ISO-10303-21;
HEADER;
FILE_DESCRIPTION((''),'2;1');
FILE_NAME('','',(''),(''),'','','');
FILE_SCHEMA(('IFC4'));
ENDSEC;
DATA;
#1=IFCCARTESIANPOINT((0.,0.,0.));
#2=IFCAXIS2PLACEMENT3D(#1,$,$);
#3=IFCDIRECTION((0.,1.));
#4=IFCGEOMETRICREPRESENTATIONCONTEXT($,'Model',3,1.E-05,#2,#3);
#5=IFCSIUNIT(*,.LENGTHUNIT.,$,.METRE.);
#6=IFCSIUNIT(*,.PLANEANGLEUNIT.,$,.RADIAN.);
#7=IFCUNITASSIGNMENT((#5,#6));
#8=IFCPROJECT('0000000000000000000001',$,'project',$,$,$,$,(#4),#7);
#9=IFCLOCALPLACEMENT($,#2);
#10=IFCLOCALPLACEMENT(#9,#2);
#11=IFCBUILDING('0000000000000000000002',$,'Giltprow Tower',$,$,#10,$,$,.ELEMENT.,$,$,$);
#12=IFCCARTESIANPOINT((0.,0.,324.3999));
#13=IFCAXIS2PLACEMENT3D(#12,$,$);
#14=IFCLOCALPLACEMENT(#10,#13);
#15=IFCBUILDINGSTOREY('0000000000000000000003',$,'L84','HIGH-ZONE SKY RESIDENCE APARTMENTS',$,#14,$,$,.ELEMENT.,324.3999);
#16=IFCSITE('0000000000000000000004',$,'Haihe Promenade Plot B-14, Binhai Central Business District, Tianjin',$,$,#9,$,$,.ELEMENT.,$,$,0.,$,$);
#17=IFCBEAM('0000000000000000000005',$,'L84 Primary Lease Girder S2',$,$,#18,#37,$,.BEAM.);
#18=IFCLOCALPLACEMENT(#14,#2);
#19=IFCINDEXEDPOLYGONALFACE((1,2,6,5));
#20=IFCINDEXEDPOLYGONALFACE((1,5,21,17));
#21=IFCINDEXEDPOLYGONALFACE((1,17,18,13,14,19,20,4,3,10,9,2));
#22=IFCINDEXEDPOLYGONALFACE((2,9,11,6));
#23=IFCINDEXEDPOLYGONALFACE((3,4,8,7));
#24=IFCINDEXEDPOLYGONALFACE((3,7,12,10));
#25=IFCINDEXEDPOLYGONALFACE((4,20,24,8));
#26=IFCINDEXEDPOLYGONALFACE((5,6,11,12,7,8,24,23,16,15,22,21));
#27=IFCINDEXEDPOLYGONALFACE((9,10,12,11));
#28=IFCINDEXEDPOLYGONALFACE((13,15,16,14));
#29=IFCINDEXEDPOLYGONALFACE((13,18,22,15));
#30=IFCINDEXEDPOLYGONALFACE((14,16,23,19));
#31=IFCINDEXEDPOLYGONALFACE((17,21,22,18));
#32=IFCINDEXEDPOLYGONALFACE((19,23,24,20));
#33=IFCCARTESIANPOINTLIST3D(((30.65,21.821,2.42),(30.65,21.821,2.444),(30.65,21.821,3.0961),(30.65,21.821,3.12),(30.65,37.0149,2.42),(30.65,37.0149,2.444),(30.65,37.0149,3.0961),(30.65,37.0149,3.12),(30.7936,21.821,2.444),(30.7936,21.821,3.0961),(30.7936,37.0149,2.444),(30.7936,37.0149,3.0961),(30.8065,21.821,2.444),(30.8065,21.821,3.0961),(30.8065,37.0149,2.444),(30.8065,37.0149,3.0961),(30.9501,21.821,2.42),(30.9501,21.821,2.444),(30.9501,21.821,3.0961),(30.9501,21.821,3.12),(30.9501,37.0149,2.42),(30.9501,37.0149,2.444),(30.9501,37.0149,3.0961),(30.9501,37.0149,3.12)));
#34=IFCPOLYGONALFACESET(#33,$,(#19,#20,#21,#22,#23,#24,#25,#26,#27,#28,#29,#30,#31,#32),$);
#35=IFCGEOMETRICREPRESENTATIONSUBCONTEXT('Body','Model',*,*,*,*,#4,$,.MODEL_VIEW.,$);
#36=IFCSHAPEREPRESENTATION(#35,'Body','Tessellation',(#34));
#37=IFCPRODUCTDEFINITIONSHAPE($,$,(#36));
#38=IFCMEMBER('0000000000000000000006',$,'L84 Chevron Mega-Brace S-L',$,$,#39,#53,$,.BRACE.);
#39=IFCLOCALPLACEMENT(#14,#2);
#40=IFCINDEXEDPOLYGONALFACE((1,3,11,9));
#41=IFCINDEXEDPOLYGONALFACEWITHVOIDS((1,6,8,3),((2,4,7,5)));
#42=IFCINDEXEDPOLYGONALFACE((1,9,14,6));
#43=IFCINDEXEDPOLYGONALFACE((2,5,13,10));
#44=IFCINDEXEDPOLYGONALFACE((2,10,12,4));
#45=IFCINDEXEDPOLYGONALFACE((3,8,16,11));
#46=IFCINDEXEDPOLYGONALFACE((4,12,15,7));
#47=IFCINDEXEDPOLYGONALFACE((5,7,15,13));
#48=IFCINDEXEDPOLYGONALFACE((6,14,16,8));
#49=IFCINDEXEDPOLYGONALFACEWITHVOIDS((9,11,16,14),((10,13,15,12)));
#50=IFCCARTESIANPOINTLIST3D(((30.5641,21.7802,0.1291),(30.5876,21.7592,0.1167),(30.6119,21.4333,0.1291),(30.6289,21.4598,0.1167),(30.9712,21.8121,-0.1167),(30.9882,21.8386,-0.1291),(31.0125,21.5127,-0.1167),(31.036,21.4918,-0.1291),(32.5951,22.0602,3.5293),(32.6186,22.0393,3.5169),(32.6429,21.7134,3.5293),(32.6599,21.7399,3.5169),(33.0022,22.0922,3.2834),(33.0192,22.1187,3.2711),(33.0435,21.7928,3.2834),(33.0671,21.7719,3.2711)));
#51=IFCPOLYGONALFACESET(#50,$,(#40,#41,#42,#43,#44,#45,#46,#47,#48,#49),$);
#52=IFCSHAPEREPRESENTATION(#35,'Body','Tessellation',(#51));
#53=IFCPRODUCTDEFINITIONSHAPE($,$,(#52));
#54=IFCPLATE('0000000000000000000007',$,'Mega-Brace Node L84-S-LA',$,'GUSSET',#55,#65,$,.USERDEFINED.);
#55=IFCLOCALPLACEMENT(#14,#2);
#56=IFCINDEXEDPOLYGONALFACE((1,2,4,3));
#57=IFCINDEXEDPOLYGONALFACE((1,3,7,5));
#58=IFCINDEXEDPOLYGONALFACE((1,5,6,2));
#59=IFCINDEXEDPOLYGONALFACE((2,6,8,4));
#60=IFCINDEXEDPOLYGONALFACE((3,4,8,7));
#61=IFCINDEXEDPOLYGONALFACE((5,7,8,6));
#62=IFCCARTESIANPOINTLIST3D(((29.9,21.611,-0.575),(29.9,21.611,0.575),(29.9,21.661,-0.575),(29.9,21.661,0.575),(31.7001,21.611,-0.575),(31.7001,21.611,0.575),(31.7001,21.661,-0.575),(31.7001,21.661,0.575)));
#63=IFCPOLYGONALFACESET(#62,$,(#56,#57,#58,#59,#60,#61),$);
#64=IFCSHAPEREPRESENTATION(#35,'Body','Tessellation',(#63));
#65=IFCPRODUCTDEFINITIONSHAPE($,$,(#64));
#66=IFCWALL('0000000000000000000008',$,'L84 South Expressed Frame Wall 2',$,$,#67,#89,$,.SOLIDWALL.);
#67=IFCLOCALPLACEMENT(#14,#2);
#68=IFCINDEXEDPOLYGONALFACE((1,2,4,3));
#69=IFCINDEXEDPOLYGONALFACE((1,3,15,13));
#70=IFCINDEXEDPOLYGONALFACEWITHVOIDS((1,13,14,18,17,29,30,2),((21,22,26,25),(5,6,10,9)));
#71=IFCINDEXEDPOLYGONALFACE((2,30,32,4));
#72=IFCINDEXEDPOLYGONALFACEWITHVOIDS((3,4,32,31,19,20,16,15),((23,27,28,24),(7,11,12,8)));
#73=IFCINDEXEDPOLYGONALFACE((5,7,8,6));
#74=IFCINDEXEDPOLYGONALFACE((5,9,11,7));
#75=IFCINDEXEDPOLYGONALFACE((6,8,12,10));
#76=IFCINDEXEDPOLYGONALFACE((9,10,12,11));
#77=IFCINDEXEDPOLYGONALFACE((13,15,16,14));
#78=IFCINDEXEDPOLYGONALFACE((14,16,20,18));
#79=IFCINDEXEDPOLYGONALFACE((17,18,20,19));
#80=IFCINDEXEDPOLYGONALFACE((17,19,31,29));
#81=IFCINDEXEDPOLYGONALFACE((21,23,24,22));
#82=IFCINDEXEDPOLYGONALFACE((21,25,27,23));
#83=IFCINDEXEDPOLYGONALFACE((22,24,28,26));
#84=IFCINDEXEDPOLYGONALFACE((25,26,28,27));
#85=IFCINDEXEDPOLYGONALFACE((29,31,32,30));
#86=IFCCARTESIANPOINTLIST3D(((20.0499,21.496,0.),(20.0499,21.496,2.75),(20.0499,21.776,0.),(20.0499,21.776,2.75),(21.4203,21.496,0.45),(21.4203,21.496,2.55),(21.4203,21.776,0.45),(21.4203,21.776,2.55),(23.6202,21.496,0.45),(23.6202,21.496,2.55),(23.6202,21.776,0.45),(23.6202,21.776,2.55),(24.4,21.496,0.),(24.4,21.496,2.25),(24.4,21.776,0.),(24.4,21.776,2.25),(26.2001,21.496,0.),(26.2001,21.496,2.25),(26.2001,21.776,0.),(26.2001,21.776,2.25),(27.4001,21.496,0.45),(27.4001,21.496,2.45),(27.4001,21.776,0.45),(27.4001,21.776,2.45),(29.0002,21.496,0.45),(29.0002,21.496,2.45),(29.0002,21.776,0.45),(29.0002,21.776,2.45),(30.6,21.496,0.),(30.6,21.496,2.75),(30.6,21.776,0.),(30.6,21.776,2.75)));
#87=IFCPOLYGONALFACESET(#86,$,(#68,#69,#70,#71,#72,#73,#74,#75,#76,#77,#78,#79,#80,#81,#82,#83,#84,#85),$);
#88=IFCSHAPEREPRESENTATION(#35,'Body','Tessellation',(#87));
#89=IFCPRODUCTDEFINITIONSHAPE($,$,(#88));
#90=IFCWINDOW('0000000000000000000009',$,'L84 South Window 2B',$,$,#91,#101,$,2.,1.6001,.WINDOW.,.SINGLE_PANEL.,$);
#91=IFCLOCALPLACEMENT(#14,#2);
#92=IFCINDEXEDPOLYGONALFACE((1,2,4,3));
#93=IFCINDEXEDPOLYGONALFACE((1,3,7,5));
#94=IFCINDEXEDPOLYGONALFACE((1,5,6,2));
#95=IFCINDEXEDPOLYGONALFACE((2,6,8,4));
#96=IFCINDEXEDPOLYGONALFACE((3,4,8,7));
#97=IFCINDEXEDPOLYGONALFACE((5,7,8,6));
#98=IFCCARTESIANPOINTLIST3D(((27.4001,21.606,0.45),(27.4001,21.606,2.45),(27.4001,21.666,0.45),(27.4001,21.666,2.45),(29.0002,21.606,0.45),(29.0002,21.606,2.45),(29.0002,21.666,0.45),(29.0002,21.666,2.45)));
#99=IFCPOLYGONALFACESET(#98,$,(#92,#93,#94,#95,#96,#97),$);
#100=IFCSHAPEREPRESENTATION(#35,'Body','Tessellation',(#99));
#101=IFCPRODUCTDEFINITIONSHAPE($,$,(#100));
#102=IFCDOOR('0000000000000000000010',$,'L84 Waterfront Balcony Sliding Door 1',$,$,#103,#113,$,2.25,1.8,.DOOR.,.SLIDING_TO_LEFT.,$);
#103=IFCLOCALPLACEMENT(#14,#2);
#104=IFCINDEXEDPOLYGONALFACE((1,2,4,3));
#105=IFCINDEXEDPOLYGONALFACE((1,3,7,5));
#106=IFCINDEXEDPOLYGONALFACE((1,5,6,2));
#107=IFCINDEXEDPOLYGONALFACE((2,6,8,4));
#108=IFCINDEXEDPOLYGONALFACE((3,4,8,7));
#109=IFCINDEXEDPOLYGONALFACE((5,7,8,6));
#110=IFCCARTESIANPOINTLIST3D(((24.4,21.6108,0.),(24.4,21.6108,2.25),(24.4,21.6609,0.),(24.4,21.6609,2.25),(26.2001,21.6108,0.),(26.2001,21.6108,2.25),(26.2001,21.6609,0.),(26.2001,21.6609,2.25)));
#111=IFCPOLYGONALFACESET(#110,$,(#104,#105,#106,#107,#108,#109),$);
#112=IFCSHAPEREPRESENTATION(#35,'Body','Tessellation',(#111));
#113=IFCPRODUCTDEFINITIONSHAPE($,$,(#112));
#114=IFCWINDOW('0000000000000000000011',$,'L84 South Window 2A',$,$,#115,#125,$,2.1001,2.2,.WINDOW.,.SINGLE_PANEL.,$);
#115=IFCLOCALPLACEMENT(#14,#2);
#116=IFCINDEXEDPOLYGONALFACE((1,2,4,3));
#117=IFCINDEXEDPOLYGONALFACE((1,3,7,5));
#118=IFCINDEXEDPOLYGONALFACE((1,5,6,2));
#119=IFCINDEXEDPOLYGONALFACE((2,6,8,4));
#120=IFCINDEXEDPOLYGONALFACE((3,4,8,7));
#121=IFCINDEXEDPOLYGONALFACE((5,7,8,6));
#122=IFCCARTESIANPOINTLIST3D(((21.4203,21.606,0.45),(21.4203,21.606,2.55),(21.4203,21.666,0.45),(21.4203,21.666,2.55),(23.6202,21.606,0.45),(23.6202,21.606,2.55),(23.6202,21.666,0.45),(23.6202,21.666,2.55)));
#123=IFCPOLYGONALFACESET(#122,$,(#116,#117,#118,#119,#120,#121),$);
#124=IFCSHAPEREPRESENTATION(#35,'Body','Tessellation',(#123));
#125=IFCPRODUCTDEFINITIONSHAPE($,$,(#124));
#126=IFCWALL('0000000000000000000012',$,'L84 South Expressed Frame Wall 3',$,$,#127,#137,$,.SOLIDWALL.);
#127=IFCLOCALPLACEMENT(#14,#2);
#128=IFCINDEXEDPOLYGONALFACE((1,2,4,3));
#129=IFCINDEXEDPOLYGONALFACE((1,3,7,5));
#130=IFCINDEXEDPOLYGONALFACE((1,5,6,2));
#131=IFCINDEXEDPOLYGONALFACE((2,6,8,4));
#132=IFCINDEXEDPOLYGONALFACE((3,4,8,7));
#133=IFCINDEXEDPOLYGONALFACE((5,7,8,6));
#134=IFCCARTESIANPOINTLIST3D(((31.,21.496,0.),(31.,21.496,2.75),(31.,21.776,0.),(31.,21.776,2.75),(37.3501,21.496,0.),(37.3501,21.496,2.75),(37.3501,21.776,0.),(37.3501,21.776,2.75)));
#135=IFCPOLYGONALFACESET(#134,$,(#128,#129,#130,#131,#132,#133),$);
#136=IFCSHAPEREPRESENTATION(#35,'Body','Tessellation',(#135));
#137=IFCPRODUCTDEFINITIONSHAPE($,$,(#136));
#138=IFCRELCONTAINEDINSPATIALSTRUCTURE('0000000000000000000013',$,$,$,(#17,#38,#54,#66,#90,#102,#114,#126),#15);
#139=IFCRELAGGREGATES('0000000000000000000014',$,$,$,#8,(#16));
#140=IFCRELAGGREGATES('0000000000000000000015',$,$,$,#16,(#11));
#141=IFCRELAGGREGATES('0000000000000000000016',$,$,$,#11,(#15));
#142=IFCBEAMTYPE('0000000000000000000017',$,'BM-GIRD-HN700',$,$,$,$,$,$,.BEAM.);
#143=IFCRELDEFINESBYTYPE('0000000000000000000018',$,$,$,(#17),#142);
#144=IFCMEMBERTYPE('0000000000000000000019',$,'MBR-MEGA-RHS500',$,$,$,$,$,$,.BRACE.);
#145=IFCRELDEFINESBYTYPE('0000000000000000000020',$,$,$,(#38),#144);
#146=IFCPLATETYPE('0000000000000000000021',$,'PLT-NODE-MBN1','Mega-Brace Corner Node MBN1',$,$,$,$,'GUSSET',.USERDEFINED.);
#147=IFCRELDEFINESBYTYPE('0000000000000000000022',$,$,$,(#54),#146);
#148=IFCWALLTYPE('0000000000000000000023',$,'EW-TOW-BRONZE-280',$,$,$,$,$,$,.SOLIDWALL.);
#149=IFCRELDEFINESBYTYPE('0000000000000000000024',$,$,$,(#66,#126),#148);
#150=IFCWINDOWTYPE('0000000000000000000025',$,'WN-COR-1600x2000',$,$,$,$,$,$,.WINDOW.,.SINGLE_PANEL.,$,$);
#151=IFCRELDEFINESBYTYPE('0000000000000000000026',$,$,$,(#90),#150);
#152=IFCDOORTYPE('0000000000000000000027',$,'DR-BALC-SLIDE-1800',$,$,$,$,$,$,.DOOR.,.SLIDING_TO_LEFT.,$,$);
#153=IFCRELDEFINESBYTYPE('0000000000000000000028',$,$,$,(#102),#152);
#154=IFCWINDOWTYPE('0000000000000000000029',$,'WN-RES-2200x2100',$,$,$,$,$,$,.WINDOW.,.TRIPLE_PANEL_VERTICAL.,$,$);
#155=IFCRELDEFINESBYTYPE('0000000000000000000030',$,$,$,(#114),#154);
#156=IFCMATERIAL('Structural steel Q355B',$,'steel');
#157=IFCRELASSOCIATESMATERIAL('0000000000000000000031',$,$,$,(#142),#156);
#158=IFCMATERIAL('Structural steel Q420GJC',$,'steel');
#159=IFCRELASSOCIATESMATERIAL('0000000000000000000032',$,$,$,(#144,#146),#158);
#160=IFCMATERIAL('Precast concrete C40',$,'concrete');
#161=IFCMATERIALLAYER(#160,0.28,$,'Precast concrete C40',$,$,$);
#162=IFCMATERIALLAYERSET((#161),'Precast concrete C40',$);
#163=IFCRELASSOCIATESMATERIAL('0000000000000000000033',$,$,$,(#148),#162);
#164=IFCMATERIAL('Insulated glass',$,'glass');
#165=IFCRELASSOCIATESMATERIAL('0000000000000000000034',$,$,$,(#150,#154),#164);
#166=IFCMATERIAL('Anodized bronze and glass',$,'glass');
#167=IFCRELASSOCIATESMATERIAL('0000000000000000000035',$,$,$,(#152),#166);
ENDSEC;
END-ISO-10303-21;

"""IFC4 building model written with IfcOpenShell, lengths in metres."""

from ifc_helpers import new_model, si_unit, direction, frame, frame_2d, origin, origin_2d, place, context, subcontext, project, spatial, rectangle, hollow_rectangle, i_section, extrude, source, transform, mapped, material, layer, layer_set, material_profile, profile_set, type_object, element, fill, save


model = new_model("IFC4")

# Units and contexts
model_context = context("Model", 3, precision=1e-05, world=origin(), true_north=direction((0.0, 1.0)))
body_context = subcontext(model_context, "Body", "Model", "MODEL_VIEW")
ifc_project = project(units=[si_unit("LENGTHUNIT", "METRE"), si_unit("PLANEANGLEUNIT", "RADIAN")], contexts=[model_context])

# Site, building, storey
site_placement = place(None, origin())
site = spatial("IfcSite", under=ifc_project, at=site_placement, Name="Haihe Promenade Plot B-14, Binhai Central Business District, Tianjin", CompositionType="ELEMENT", RefElevation=0.0)
building_placement = place(site_placement, origin())
building = spatial("IfcBuilding", under=site, at=building_placement, Name="Giltprow Tower", CompositionType="ELEMENT")
storey_placement = place(building_placement, frame((0.0, 0.0, 324.3999)))
storey = spatial("IfcBuildingStorey", under=building, at=storey_placement, Name="L84", Description="HIGH-ZONE SKY RESIDENCE APARTMENTS", CompositionType="ELEMENT", Elevation=324.3999)

# Shared definitions
ifc_material_1 = material(Name="Structural steel Q355B", Category="steel")

# Beam
ifc_material_profile_1 = material_profile(ifc_material_1, i_section(OverallWidth=0.3, OverallDepth=0.7, WebThickness=0.0129, FlangeThickness=0.0239, at=origin_2d()), Name="HN 700x300x13x24")
ifc_profile_set_1 = profile_set([ifc_material_profile_1], Name="Structural steel Q355B")
beam_type_1 = type_object("IfcBeamType", Name="BM-GIRD-HN700", PredefinedType="BEAM", material=ifc_profile_set_1)
shared_shape_1 = source(origin(), body_context, "Body", "SweptSolid", [
    extrude(i_section(OverallWidth=0.3, OverallDepth=0.7, WebThickness=0.0129, FlangeThickness=0.0239, at=origin_2d()), origin(), (0.0, 0.0, 1.0), 15.1938),
])
for number, where, z_axis, x_axis, name in (
    (1, (30.8, 21.821, 2.77), (0.0, 1.0, 0.0), (-1.0, 0.0, 0.0), "L84 Primary Lease Girder S2"),
):
    element("IfcBeam", number, at=place(storey_placement, frame(where, z_axis=z_axis, x_axis=x_axis)), inside=storey, type_object=beam_type_1, Name=name, PredefinedType="BEAM", context=body_context, shape_type="MappedRepresentation", body=[
        mapped(shared_shape_1, transform((0.0, 0.0, 0.0), x_axis=(1.0, 0.0, 0.0), y_axis=(0.0, 1.0, 0.0), z_axis=(0.0, 0.0, 1.0), scale=1.0)),
    ])

# Member
ifc_material_2 = material(Name="Structural steel Q420GJC", Category="steel")
ifc_material_profile_2 = material_profile(ifc_material_2, hollow_rectangle(XDim=0.3501, YDim=0.5, WallThickness=0.0239, at=origin_2d()), Name="RHS 500x350x24")
ifc_profile_set_2 = profile_set([ifc_material_profile_2], Name="Structural steel Q420GJC")
member_type = type_object("IfcMemberType", Name="MBR-MEGA-RHS500", PredefinedType="BRACE", material=ifc_profile_set_2)
shared_shape_2 = source(origin(), body_context, "Body", "SweptSolid", [
    extrude(hollow_rectangle(XDim=0.3501, YDim=0.5, WallThickness=0.0239, at=origin_2d()), origin(), (0.0, 0.0, 1.0), 3.9705),
])
member_placement = place(storey_placement, frame((30.8, 21.636, 0.0), z_axis=(0.511532, 0.070529, 0.856365), x_axis=(-0.136585, 0.990628, 0.0)))
element("IfcMember", 2, at=member_placement, inside=storey, type_object=member_type, Name="L84 Chevron Mega-Brace S-L", PredefinedType="BRACE", context=body_context, shape_type="MappedRepresentation", body=[
    mapped(shared_shape_2, transform((0.0, 0.0, 0.0), x_axis=(1.0, 0.0, 0.0), y_axis=(0.0, 1.0, 0.0), z_axis=(0.0, 0.0, 1.0), scale=1.0)),
])

# Plate
plate_type = type_object("IfcPlateType", Name="PLT-NODE-MBN1", Description="Mega-Brace Corner Node MBN1", ElementType="GUSSET", PredefinedType="USERDEFINED", material=ifc_material_2)
shared_shape_3 = source(origin(), body_context, "Body", "SweptSolid", [
    extrude(rectangle(XDim=1.8, YDim=0.05, at=origin_2d()), origin(), (0.0, 0.0, 1.0), 1.1499),
])
plate_placement = place(storey_placement, frame((30.8, 21.636, -0.575), z_axis=(0.0, 0.0, 1.0), x_axis=(1.0, 0.0, 0.0)))
element("IfcPlate", 3, at=plate_placement, inside=storey, type_object=plate_type, Name="Mega-Brace Node L84-S-LA", ObjectType="GUSSET", PredefinedType="USERDEFINED", context=body_context, shape_type="MappedRepresentation", body=[
    mapped(shared_shape_3, transform((0.0, 0.0, 0.0), x_axis=(1.0, 0.0, 0.0), y_axis=(0.0, 1.0, 0.0), z_axis=(0.0, 0.0, 1.0), scale=1.0)),
])

# Wall, openings, windows, door
ifc_material_3 = material(Name="Precast concrete C40", Category="concrete")
ifc_layer_1 = layer(ifc_material_3, 0.28, Name="Precast concrete C40")
ifc_layer_set_1 = layer_set([ifc_layer_1], Name="Precast concrete C40")
wall_type_1 = type_object("IfcWallType", Name="EW-TOW-BRONZE-280", PredefinedType="SOLIDWALL", material=ifc_layer_set_1)
wall_1_placement = place(storey_placement, frame((20.05, 21.636, 0.0), z_axis=(0.0, 0.0, 1.0), x_axis=(1.0, 0.0, 0.0)))
wall_1 = element("IfcWall", 4, at=wall_1_placement, inside=storey, type_object=wall_type_1, Name="L84 South Expressed Frame Wall 2", PredefinedType="SOLIDWALL", context=body_context, shape_type="SweptSolid", body=[
    extrude(rectangle(XDim=10.55, YDim=0.28, at=frame_2d((5.2749, 0.0))), origin(), (0.0, 0.0, 1.0), 2.75),
])
opening_1_placement = place(wall_1_placement, frame((4.3501, 0.0, 0.0)))
opening_1 = element("IfcOpeningElement", 5, at=opening_1_placement, cuts=wall_1, PredefinedType="OPENING", context=body_context, shape_type="SweptSolid", body=[
    extrude(rectangle(XDim=1.8, YDim=2.25, at=frame_2d((0.8999, 1.125))), frame((0.0, 0.1499, 0.0), z_axis=(0.0, -1.0, 0.0), x_axis=(1.0, 0.0, 0.0)), (0.0, 0.0, 1.0), 0.3),
])
opening_2_placement = place(wall_1_placement, frame((1.3701, 0.0, 0.45)))
opening_2 = element("IfcOpeningElement", 6, at=opening_2_placement, cuts=wall_1, PredefinedType="OPENING", context=body_context, shape_type="SweptSolid", body=[
    extrude(rectangle(XDim=2.2, YDim=2.1001, at=frame_2d((1.1001, 1.05))), frame((0.0, 0.1499, 0.0), z_axis=(0.0, -1.0, 0.0), x_axis=(1.0, 0.0, 0.0)), (0.0, 0.0, 1.0), 0.3),
])
opening_3_placement = place(wall_1_placement, frame((7.3501, 0.0, 0.45)))
opening_3 = element("IfcOpeningElement", 7, at=opening_3_placement, cuts=wall_1, PredefinedType="OPENING", context=body_context, shape_type="SweptSolid", body=[
    extrude(rectangle(XDim=1.6001, YDim=2.0, at=frame_2d((0.8, 1.0))), frame((0.0, 0.1499, 0.0), z_axis=(0.0, -1.0, 0.0), x_axis=(1.0, 0.0, 0.0)), (0.0, 0.0, 1.0), 0.3),
])
ifc_material_4 = material(Name="Insulated glass", Category="glass")
window_type_1 = type_object("IfcWindowType", Name="WN-COR-1600x2000", PartitioningType="SINGLE_PANEL", PredefinedType="WINDOW", material=ifc_material_4)
shared_shape_4 = source(origin(), body_context, "Body", "SweptSolid", [
    extrude(rectangle(XDim=1.6001, YDim=2.0, at=frame_2d((0.8, 1.0))), frame((0.0, 0.03, 0.0), z_axis=(0.0, -1.0, 0.0), x_axis=(1.0, 0.0, 0.0)), (0.0, 0.0, 1.0), 0.0601),
])
window_1_placement = place(opening_3_placement, origin())
window_1 = element("IfcWindow", 8, at=window_1_placement, inside=storey, type_object=window_type_1, Name="L84 South Window 2B", OverallHeight=2.0, OverallWidth=1.6001, PartitioningType="SINGLE_PANEL", PredefinedType="WINDOW", context=body_context, shape_type="MappedRepresentation", body=[
    mapped(shared_shape_4, transform((0.0, 0.0, 0.0), x_axis=(1.0, 0.0, 0.0), y_axis=(0.0, 1.0, 0.0), z_axis=(0.0, 0.0, 1.0), scale=1.0)),
])
fill(opening_3, window_1)
ifc_material_5 = material(Name="Anodized bronze and glass", Category="glass")
door_type_1 = type_object("IfcDoorType", Name="DR-BALC-SLIDE-1800", OperationType="SLIDING_TO_LEFT", PredefinedType="DOOR", material=ifc_material_5)
shared_shape_5 = source(origin(), body_context, "Body", "SweptSolid", [
    extrude(rectangle(XDim=1.8, YDim=2.25, at=frame_2d((0.8999, 1.125))), frame((0.0, 0.0249, 0.0), z_axis=(0.0, -1.0, 0.0), x_axis=(1.0, 0.0, 0.0)), (0.0, 0.0, 1.0), 0.05),
])
door_1_placement = place(opening_1_placement, origin())
door_1 = element("IfcDoor", 9, at=door_1_placement, inside=storey, type_object=door_type_1, Name="L84 Waterfront Balcony Sliding Door 1", OperationType="SLIDING_TO_LEFT", OverallHeight=2.25, OverallWidth=1.8, PredefinedType="DOOR", context=body_context, shape_type="MappedRepresentation", body=[
    mapped(shared_shape_5, transform((0.0, 0.0, 0.0), x_axis=(1.0, 0.0, 0.0), y_axis=(0.0, 1.0, 0.0), z_axis=(0.0, 0.0, 1.0), scale=1.0)),
])
fill(opening_1, door_1)
window_type_2 = type_object("IfcWindowType", Name="WN-RES-2200x2100", PartitioningType="TRIPLE_PANEL_VERTICAL", PredefinedType="WINDOW", material=ifc_material_4)
shared_shape_6 = source(origin(), body_context, "Body", "SweptSolid", [
    extrude(rectangle(XDim=2.2, YDim=2.1001, at=frame_2d((1.1001, 1.05))), frame((0.0, 0.03, 0.0), z_axis=(0.0, -1.0, 0.0), x_axis=(1.0, 0.0, 0.0)), (0.0, 0.0, 1.0), 0.0601),
])
window_2_placement = place(opening_2_placement, origin())
window_2 = element("IfcWindow", 10, at=window_2_placement, inside=storey, type_object=window_type_2, Name="L84 South Window 2A", OverallHeight=2.1001, OverallWidth=2.2, PartitioningType="SINGLE_PANEL", PredefinedType="WINDOW", context=body_context, shape_type="MappedRepresentation", body=[
    mapped(shared_shape_6, transform((0.0, 0.0, 0.0), x_axis=(1.0, 0.0, 0.0), y_axis=(0.0, 1.0, 0.0), z_axis=(0.0, 0.0, 1.0), scale=1.0)),
])
fill(opening_2, window_2)

# Wall
wall_2_placement = place(storey_placement, frame((31.0, 21.636, 0.0), z_axis=(0.0, 0.0, 1.0), x_axis=(1.0, 0.0, 0.0)))
element("IfcWall", 11, at=wall_2_placement, inside=storey, type_object=wall_type_1, Name="L84 South Expressed Frame Wall 3", PredefinedType="SOLIDWALL", context=body_context, shape_type="SweptSolid", body=[
    extrude(rectangle(XDim=6.3501, YDim=0.28, at=frame_2d((3.175, 0.0))), origin(), (0.0, 0.0, 1.0), 2.75),
])

save(model, "model.ifc")
